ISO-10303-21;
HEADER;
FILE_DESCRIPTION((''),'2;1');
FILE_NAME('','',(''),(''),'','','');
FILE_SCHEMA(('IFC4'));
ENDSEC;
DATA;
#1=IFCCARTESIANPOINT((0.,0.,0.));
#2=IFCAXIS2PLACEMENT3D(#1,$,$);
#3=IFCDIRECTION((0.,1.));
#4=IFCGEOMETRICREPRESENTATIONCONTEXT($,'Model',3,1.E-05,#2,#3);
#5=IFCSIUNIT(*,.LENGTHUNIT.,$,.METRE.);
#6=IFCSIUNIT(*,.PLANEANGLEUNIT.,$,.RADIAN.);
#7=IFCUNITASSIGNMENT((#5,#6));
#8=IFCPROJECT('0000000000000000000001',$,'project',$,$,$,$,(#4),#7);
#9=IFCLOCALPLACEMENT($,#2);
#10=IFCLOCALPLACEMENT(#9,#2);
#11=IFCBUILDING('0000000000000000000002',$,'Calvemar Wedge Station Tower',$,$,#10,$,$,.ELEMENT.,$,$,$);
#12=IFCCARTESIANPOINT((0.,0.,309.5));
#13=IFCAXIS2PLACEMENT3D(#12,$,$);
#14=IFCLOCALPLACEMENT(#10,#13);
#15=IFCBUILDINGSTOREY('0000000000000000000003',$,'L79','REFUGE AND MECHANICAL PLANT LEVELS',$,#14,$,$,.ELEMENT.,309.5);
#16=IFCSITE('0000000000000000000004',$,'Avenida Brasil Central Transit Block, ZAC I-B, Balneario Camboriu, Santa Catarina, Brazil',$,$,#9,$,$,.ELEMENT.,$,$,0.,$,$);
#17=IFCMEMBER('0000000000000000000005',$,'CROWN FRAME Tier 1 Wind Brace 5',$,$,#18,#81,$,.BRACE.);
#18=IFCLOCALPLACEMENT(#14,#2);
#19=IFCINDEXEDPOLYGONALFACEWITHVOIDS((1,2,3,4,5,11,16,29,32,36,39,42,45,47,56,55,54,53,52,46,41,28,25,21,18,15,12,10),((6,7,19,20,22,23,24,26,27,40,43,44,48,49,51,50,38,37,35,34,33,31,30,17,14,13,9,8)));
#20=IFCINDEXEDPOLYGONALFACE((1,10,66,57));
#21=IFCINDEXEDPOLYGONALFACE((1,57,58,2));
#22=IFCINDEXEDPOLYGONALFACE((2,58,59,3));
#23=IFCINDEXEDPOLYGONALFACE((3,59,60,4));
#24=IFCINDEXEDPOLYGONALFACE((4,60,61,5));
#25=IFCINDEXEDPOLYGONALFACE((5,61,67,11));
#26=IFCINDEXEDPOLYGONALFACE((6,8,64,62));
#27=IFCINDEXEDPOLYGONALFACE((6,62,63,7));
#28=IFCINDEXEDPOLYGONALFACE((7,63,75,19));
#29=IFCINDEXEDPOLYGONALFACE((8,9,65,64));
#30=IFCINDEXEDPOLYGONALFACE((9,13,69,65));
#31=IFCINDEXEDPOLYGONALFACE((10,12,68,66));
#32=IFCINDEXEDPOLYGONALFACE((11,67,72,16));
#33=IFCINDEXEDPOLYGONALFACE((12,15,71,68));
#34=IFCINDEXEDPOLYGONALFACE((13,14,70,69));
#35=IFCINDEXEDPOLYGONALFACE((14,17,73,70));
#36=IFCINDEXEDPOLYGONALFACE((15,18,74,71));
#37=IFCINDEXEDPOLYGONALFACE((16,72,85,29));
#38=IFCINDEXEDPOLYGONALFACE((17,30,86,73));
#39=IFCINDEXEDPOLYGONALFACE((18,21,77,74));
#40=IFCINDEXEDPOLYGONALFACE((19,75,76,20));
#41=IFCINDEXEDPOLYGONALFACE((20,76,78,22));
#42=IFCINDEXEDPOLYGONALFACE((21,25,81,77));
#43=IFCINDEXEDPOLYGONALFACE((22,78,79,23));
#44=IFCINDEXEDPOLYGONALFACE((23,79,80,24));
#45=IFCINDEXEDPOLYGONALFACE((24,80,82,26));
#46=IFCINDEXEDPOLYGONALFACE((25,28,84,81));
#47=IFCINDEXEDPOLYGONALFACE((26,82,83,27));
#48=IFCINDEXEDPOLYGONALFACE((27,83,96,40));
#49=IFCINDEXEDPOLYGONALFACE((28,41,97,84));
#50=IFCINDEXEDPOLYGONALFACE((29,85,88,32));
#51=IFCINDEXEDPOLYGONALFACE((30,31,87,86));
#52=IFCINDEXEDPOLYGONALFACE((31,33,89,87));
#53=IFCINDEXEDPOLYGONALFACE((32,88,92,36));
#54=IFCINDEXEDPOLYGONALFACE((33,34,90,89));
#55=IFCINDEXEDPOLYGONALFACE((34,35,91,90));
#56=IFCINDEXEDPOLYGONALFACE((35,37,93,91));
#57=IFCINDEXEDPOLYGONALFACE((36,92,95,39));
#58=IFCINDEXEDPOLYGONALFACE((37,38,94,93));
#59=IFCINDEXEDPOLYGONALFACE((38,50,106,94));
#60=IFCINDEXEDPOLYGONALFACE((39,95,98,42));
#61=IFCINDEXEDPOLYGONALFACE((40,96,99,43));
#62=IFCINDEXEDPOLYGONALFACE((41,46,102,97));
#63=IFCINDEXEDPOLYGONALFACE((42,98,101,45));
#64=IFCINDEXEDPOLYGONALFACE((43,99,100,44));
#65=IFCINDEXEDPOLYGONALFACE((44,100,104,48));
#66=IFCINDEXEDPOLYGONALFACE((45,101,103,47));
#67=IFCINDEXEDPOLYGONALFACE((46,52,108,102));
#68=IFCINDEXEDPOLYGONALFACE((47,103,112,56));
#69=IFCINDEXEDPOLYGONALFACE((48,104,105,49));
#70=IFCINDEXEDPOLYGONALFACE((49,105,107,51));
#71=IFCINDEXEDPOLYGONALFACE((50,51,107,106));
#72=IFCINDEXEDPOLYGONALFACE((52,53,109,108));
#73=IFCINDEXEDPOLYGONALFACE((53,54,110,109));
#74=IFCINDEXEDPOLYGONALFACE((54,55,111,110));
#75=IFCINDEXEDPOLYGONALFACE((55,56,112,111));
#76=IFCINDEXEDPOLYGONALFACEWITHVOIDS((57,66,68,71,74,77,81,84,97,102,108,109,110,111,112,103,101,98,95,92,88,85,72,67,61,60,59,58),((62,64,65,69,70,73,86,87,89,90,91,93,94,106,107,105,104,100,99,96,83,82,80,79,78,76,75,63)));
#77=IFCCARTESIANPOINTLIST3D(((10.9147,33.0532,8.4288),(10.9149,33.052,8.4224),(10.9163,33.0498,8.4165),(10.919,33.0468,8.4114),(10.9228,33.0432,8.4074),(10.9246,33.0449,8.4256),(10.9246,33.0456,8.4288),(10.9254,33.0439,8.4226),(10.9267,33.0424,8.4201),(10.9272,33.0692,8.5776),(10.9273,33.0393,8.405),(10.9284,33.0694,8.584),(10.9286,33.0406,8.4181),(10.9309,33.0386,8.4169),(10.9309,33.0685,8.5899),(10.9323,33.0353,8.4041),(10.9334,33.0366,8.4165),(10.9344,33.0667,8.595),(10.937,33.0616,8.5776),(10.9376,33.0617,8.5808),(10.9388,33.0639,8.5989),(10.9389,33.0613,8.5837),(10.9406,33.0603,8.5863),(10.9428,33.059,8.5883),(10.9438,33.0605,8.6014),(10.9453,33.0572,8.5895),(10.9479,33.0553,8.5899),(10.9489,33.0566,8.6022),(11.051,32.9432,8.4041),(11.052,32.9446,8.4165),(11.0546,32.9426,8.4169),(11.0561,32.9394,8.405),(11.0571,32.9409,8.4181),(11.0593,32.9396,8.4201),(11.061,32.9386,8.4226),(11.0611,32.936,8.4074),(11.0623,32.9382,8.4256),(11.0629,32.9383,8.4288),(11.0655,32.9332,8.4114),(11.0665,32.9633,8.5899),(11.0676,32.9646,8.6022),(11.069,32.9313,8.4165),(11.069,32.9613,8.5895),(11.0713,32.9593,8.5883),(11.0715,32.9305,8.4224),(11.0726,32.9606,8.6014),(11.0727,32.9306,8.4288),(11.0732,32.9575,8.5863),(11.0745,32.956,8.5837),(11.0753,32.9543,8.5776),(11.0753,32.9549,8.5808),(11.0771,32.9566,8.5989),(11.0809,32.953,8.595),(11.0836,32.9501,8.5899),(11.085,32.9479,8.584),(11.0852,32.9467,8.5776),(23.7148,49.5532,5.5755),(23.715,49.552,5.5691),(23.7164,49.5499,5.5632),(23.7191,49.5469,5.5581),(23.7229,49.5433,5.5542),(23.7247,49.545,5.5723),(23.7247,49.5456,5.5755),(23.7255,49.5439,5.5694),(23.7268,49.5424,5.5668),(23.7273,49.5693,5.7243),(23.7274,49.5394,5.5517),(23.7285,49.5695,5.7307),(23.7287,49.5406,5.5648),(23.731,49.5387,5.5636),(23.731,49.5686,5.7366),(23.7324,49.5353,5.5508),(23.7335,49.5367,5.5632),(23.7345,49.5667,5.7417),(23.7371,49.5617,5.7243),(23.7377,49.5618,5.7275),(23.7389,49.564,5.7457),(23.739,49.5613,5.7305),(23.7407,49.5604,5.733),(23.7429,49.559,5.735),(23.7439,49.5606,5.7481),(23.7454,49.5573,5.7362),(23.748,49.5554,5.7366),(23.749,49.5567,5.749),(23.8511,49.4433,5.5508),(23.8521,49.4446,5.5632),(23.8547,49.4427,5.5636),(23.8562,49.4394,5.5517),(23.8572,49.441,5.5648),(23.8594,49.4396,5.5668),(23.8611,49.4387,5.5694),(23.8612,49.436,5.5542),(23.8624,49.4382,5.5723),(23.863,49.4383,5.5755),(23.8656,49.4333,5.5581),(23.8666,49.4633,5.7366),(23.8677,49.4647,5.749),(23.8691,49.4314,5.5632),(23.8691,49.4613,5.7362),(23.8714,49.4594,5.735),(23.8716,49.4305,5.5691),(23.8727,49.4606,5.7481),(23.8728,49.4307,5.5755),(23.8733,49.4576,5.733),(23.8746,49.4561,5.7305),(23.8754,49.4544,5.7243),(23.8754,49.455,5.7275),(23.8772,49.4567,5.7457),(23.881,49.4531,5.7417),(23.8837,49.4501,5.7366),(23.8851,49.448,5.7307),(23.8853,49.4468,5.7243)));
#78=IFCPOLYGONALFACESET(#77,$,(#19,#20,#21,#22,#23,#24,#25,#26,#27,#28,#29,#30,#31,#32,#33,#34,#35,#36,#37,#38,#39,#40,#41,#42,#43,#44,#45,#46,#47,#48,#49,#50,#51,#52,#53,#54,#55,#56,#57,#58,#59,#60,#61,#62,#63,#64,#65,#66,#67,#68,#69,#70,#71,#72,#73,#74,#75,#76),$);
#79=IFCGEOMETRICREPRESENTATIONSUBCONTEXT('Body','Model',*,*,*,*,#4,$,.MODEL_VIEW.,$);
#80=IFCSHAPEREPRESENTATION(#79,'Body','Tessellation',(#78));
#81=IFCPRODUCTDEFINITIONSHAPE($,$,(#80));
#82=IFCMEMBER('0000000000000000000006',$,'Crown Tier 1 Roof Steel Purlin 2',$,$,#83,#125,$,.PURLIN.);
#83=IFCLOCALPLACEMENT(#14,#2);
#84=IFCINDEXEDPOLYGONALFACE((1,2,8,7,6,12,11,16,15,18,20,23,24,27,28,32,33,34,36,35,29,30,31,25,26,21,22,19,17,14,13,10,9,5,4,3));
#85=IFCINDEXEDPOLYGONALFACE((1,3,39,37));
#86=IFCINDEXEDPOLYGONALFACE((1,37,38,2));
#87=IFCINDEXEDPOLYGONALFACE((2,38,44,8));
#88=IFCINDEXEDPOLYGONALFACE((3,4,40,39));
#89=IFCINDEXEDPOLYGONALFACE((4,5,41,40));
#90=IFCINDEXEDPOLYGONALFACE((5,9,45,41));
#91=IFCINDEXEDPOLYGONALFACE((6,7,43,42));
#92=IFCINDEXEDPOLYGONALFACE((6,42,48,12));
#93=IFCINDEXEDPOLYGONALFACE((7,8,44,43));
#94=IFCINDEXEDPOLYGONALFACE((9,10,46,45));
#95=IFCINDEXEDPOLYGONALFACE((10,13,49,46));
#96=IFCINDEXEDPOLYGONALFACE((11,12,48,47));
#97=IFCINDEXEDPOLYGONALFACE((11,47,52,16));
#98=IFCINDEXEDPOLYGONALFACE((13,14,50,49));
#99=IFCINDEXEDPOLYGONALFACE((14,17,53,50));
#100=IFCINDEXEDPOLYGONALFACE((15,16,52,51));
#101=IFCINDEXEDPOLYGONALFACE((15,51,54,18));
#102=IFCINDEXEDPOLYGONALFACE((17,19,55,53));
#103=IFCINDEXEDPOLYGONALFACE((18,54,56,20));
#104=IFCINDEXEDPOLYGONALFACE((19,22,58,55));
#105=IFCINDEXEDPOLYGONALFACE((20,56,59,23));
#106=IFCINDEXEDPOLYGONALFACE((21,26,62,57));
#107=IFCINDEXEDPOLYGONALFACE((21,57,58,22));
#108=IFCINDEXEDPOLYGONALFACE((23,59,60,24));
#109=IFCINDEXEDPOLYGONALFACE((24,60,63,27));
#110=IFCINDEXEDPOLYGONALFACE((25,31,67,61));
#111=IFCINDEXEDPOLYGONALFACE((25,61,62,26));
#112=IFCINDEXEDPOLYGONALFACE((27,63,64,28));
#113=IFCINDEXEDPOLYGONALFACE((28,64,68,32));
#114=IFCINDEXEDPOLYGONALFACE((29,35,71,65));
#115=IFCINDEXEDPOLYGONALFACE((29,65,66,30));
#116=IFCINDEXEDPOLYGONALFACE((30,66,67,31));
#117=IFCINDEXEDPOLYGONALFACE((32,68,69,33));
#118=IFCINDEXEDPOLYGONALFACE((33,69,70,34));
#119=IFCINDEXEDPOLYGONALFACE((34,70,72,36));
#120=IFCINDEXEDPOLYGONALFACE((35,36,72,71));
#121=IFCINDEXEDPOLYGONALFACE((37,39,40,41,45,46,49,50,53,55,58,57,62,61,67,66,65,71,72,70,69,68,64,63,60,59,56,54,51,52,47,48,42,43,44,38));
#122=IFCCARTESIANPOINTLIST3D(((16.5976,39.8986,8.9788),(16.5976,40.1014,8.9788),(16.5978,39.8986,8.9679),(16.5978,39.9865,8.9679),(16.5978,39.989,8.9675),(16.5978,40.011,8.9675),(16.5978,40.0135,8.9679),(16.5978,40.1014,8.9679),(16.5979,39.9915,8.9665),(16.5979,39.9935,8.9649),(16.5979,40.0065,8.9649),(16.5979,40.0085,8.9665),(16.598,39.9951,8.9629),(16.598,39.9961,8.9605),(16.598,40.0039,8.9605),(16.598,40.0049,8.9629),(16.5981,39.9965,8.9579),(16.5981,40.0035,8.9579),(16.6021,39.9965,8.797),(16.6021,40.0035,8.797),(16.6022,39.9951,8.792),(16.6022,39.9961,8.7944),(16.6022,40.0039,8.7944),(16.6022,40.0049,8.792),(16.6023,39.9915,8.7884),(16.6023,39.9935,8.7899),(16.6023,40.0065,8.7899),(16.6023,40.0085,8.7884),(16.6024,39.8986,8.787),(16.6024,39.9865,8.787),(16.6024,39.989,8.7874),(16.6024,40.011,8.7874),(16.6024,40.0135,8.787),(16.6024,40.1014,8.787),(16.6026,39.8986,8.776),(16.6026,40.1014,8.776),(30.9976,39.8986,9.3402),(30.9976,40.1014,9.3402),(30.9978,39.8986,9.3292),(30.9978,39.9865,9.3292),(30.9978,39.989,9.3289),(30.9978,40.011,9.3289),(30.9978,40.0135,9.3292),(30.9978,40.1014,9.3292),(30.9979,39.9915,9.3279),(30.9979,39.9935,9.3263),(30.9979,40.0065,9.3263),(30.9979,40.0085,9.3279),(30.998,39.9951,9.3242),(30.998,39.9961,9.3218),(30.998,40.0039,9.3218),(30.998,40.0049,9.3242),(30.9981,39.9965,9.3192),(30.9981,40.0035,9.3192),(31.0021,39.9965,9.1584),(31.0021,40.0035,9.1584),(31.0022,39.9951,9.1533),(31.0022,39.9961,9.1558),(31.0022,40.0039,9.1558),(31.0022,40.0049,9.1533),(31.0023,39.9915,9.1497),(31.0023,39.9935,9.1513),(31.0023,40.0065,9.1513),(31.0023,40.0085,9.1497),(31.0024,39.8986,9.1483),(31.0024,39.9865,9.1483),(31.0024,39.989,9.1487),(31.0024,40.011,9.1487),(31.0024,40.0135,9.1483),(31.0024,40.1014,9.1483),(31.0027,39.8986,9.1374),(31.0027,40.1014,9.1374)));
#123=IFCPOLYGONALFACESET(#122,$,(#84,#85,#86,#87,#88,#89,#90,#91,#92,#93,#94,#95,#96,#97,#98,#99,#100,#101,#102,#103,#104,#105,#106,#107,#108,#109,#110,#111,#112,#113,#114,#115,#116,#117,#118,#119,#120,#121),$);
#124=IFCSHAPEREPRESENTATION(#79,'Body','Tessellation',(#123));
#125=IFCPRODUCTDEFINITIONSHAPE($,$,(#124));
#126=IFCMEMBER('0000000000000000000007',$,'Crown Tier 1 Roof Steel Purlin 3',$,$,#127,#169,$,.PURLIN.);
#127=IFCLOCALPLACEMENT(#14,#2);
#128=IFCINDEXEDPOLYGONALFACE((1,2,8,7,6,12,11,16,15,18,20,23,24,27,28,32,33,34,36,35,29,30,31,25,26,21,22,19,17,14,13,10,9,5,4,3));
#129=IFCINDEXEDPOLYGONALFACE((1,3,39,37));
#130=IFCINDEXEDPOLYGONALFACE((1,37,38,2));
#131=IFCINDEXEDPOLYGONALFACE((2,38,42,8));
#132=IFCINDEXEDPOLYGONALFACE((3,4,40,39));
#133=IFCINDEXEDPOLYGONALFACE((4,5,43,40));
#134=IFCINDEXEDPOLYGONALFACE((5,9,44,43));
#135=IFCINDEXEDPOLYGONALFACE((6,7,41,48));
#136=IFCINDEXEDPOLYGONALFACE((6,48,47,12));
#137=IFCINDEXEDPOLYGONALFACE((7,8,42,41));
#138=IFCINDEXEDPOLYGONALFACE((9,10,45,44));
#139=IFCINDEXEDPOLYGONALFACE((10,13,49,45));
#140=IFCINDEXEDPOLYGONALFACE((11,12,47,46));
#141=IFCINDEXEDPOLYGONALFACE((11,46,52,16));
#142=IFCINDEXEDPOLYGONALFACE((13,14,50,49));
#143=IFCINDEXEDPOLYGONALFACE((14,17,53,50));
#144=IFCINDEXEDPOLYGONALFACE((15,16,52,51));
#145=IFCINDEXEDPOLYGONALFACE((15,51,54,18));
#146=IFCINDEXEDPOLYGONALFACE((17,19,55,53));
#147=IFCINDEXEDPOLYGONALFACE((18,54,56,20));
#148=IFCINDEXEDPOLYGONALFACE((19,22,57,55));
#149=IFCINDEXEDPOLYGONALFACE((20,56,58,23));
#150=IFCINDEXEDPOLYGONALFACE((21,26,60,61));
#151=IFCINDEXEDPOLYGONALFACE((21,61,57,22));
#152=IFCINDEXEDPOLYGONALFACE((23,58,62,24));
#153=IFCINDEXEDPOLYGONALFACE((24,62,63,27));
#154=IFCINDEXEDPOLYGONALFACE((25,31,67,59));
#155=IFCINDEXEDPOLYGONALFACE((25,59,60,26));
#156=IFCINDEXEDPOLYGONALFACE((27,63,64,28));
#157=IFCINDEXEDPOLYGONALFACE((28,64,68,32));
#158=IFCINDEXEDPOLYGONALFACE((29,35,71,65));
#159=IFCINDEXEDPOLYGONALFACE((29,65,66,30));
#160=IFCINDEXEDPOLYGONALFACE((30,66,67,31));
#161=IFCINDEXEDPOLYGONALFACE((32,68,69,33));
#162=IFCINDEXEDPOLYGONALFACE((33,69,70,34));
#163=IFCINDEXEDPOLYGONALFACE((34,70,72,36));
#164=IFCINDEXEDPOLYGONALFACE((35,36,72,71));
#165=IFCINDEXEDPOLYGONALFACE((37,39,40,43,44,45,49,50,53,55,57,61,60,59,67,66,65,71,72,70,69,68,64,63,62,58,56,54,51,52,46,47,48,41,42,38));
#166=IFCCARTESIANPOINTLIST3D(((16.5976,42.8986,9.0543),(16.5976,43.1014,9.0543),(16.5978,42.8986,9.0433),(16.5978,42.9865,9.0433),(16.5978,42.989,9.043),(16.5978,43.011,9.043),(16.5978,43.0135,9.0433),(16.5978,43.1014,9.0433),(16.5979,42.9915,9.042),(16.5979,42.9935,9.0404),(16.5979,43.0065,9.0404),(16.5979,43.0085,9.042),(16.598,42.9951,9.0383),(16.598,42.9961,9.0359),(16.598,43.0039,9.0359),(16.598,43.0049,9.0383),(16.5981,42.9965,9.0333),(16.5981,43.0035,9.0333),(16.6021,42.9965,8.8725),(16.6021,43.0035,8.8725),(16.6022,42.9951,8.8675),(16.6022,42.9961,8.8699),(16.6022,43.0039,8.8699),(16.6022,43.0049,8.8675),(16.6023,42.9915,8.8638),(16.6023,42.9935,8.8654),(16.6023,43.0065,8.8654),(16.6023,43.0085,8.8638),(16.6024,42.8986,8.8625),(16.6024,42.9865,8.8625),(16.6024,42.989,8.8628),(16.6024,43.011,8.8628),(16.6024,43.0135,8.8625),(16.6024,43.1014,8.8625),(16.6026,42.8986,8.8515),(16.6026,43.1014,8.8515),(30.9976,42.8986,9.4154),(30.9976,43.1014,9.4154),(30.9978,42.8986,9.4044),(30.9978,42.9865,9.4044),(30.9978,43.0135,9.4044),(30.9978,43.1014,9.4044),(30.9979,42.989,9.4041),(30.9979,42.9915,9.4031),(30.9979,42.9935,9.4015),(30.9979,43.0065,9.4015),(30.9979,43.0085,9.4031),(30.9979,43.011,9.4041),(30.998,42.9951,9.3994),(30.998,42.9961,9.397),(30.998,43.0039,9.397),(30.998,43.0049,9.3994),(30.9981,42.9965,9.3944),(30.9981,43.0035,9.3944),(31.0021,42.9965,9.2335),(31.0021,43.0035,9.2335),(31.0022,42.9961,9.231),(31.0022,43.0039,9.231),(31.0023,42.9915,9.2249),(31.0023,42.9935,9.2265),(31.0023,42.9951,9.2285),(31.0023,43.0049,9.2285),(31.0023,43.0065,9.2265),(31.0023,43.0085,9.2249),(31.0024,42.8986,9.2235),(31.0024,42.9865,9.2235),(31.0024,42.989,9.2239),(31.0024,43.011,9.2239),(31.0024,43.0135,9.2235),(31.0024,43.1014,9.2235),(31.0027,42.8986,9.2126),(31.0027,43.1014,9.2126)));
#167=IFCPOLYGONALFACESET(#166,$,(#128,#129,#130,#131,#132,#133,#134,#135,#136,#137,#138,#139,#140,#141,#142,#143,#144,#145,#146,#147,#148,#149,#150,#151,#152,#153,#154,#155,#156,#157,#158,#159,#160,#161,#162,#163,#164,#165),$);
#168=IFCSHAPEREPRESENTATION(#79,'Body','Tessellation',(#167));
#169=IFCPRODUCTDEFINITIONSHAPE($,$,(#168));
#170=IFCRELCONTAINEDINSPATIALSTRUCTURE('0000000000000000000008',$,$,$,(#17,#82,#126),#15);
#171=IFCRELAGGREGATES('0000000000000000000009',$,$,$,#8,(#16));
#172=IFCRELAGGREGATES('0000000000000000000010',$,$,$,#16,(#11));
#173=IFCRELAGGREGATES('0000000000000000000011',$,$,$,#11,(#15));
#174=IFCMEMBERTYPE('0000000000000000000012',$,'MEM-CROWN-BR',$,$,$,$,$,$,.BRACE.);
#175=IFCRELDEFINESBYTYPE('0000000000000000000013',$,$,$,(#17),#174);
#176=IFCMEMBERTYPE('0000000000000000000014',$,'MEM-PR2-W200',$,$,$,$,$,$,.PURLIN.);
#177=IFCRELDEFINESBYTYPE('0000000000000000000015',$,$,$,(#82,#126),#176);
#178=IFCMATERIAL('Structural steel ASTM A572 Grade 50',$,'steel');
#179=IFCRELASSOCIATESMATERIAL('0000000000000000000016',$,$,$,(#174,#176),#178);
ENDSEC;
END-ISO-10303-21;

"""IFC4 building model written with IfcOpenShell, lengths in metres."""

from ifc_helpers import new_model, si_unit, direction, frame, origin, origin_2d, place, context, subcontext, project, spatial, hollow_rectangle, i_section, extrude, source, transform, mapped, material, material_profile, profile_set, type_object, element, save


model = new_model("IFC4")

# Units and contexts
model_context = context("Model", 3, precision=1e-05, world=origin(), true_north=direction((0.0, 1.0)))
body_context = subcontext(model_context, "Body", "Model", "MODEL_VIEW")
ifc_project = project(units=[si_unit("LENGTHUNIT", "METRE"), si_unit("PLANEANGLEUNIT", "RADIAN")], contexts=[model_context])

# Site, building, storey
site_placement = place(None, origin())
site = spatial("IfcSite", under=ifc_project, at=site_placement, Name="Avenida Brasil Central Transit Block, ZAC I-B, Balneario Camboriu, Santa Catarina, Brazil", CompositionType="ELEMENT", RefElevation=0.0)
building_placement = place(site_placement, origin())
building = spatial("IfcBuilding", under=site, at=building_placement, Name="Calvemar Wedge Station Tower", CompositionType="ELEMENT")
storey_placement = place(building_placement, frame((0.0, 0.0, 309.5)))
storey = spatial("IfcBuildingStorey", under=building, at=storey_placement, Name="L79", Description="REFUGE AND MECHANICAL PLANT LEVELS", CompositionType="ELEMENT", Elevation=309.5)

# Shared definitions
ifc_material_1 = material(Name="Structural steel ASTM A572 Grade 50", Category="steel")

# Members
ifc_material_profile_1 = material_profile(ifc_material_1, hollow_rectangle(XDim=0.2, YDim=0.2, WallThickness=0.0125, InnerFilletRadius=0.0125, OuterFilletRadius=0.0249, at=origin_2d()), Name="HSS200x200x12.5")
ifc_profile_set_1 = profile_set([ifc_material_profile_1], Name="Structural steel ASTM A572 Grade 50")
member_type_1 = type_object("IfcMemberType", Name="MEM-CROWN-BR", PredefinedType="BRACE", material=ifc_profile_set_1)
shared_shape_1 = source(origin(), body_context, "Body", "SweptSolid", [
    extrude(hollow_rectangle(XDim=0.2, YDim=0.2, WallThickness=0.0125, InnerFilletRadius=0.0125, OuterFilletRadius=0.0249, at=origin_2d()), origin(), (0.0, 0.0, 1.0), 21.0769),
])
member_placement = place(storey_placement, frame((23.8, 49.5, 5.6499), z_axis=(-0.607305, -0.78285, 0.135375), x_axis=(0.790124, -0.612947, 0.0)))
element("IfcMember", 1, at=member_placement, inside=storey, type_object=member_type_1, Name="CROWN FRAME Tier 1 Wind Brace 5", PredefinedType="BRACE", context=body_context, shape_type="MappedRepresentation", body=[
    mapped(shared_shape_1, transform((0.0, 0.0, 0.0), scale=1.0)),
])
ifc_material_profile_2 = material_profile(ifc_material_1, i_section(OverallWidth=0.2029, OverallDepth=0.2029, WebThickness=0.0071, FlangeThickness=0.011, FilletRadius=0.01, at=origin_2d()), Name="W200x46.1")
ifc_profile_set_2 = profile_set([ifc_material_profile_2], Name="Structural steel ASTM A572 Grade 50")
member_type_2 = type_object("IfcMemberType", Name="MEM-PR2-W200", PredefinedType="PURLIN", material=ifc_profile_set_2)
shared_shape_2 = source(origin(), body_context, "Body", "SweptSolid", [
    extrude(i_section(OverallWidth=0.2029, OverallDepth=0.2029, WebThickness=0.0071, FlangeThickness=0.011, FilletRadius=0.01, at=origin_2d()), origin(), (0.0, 0.0, 1.0), 14.4045),
])
for number, where, z_axis, x_axis, name in (
    (2, (16.6001, 40.0, 8.8774), (0.999685, 0.0, 0.025085), (0.0, 1.0, 0.0), "Crown Tier 1 Roof Steel Purlin 2"),
    (3, (16.6001, 43.0, 8.9529), (0.999686, 0.0, 0.025068), (0.0, 1.0, 0.0), "Crown Tier 1 Roof Steel Purlin 3"),
):
    element("IfcMember", number, at=place(storey_placement, frame(where, z_axis=z_axis, x_axis=x_axis)), inside=storey, type_object=member_type_2, Name=name, PredefinedType="PURLIN", context=body_context, shape_type="MappedRepresentation", body=[
        mapped(shared_shape_2, transform((0.0, 0.0, 0.0), scale=1.0)),
    ])

save(model, "model.ifc")
